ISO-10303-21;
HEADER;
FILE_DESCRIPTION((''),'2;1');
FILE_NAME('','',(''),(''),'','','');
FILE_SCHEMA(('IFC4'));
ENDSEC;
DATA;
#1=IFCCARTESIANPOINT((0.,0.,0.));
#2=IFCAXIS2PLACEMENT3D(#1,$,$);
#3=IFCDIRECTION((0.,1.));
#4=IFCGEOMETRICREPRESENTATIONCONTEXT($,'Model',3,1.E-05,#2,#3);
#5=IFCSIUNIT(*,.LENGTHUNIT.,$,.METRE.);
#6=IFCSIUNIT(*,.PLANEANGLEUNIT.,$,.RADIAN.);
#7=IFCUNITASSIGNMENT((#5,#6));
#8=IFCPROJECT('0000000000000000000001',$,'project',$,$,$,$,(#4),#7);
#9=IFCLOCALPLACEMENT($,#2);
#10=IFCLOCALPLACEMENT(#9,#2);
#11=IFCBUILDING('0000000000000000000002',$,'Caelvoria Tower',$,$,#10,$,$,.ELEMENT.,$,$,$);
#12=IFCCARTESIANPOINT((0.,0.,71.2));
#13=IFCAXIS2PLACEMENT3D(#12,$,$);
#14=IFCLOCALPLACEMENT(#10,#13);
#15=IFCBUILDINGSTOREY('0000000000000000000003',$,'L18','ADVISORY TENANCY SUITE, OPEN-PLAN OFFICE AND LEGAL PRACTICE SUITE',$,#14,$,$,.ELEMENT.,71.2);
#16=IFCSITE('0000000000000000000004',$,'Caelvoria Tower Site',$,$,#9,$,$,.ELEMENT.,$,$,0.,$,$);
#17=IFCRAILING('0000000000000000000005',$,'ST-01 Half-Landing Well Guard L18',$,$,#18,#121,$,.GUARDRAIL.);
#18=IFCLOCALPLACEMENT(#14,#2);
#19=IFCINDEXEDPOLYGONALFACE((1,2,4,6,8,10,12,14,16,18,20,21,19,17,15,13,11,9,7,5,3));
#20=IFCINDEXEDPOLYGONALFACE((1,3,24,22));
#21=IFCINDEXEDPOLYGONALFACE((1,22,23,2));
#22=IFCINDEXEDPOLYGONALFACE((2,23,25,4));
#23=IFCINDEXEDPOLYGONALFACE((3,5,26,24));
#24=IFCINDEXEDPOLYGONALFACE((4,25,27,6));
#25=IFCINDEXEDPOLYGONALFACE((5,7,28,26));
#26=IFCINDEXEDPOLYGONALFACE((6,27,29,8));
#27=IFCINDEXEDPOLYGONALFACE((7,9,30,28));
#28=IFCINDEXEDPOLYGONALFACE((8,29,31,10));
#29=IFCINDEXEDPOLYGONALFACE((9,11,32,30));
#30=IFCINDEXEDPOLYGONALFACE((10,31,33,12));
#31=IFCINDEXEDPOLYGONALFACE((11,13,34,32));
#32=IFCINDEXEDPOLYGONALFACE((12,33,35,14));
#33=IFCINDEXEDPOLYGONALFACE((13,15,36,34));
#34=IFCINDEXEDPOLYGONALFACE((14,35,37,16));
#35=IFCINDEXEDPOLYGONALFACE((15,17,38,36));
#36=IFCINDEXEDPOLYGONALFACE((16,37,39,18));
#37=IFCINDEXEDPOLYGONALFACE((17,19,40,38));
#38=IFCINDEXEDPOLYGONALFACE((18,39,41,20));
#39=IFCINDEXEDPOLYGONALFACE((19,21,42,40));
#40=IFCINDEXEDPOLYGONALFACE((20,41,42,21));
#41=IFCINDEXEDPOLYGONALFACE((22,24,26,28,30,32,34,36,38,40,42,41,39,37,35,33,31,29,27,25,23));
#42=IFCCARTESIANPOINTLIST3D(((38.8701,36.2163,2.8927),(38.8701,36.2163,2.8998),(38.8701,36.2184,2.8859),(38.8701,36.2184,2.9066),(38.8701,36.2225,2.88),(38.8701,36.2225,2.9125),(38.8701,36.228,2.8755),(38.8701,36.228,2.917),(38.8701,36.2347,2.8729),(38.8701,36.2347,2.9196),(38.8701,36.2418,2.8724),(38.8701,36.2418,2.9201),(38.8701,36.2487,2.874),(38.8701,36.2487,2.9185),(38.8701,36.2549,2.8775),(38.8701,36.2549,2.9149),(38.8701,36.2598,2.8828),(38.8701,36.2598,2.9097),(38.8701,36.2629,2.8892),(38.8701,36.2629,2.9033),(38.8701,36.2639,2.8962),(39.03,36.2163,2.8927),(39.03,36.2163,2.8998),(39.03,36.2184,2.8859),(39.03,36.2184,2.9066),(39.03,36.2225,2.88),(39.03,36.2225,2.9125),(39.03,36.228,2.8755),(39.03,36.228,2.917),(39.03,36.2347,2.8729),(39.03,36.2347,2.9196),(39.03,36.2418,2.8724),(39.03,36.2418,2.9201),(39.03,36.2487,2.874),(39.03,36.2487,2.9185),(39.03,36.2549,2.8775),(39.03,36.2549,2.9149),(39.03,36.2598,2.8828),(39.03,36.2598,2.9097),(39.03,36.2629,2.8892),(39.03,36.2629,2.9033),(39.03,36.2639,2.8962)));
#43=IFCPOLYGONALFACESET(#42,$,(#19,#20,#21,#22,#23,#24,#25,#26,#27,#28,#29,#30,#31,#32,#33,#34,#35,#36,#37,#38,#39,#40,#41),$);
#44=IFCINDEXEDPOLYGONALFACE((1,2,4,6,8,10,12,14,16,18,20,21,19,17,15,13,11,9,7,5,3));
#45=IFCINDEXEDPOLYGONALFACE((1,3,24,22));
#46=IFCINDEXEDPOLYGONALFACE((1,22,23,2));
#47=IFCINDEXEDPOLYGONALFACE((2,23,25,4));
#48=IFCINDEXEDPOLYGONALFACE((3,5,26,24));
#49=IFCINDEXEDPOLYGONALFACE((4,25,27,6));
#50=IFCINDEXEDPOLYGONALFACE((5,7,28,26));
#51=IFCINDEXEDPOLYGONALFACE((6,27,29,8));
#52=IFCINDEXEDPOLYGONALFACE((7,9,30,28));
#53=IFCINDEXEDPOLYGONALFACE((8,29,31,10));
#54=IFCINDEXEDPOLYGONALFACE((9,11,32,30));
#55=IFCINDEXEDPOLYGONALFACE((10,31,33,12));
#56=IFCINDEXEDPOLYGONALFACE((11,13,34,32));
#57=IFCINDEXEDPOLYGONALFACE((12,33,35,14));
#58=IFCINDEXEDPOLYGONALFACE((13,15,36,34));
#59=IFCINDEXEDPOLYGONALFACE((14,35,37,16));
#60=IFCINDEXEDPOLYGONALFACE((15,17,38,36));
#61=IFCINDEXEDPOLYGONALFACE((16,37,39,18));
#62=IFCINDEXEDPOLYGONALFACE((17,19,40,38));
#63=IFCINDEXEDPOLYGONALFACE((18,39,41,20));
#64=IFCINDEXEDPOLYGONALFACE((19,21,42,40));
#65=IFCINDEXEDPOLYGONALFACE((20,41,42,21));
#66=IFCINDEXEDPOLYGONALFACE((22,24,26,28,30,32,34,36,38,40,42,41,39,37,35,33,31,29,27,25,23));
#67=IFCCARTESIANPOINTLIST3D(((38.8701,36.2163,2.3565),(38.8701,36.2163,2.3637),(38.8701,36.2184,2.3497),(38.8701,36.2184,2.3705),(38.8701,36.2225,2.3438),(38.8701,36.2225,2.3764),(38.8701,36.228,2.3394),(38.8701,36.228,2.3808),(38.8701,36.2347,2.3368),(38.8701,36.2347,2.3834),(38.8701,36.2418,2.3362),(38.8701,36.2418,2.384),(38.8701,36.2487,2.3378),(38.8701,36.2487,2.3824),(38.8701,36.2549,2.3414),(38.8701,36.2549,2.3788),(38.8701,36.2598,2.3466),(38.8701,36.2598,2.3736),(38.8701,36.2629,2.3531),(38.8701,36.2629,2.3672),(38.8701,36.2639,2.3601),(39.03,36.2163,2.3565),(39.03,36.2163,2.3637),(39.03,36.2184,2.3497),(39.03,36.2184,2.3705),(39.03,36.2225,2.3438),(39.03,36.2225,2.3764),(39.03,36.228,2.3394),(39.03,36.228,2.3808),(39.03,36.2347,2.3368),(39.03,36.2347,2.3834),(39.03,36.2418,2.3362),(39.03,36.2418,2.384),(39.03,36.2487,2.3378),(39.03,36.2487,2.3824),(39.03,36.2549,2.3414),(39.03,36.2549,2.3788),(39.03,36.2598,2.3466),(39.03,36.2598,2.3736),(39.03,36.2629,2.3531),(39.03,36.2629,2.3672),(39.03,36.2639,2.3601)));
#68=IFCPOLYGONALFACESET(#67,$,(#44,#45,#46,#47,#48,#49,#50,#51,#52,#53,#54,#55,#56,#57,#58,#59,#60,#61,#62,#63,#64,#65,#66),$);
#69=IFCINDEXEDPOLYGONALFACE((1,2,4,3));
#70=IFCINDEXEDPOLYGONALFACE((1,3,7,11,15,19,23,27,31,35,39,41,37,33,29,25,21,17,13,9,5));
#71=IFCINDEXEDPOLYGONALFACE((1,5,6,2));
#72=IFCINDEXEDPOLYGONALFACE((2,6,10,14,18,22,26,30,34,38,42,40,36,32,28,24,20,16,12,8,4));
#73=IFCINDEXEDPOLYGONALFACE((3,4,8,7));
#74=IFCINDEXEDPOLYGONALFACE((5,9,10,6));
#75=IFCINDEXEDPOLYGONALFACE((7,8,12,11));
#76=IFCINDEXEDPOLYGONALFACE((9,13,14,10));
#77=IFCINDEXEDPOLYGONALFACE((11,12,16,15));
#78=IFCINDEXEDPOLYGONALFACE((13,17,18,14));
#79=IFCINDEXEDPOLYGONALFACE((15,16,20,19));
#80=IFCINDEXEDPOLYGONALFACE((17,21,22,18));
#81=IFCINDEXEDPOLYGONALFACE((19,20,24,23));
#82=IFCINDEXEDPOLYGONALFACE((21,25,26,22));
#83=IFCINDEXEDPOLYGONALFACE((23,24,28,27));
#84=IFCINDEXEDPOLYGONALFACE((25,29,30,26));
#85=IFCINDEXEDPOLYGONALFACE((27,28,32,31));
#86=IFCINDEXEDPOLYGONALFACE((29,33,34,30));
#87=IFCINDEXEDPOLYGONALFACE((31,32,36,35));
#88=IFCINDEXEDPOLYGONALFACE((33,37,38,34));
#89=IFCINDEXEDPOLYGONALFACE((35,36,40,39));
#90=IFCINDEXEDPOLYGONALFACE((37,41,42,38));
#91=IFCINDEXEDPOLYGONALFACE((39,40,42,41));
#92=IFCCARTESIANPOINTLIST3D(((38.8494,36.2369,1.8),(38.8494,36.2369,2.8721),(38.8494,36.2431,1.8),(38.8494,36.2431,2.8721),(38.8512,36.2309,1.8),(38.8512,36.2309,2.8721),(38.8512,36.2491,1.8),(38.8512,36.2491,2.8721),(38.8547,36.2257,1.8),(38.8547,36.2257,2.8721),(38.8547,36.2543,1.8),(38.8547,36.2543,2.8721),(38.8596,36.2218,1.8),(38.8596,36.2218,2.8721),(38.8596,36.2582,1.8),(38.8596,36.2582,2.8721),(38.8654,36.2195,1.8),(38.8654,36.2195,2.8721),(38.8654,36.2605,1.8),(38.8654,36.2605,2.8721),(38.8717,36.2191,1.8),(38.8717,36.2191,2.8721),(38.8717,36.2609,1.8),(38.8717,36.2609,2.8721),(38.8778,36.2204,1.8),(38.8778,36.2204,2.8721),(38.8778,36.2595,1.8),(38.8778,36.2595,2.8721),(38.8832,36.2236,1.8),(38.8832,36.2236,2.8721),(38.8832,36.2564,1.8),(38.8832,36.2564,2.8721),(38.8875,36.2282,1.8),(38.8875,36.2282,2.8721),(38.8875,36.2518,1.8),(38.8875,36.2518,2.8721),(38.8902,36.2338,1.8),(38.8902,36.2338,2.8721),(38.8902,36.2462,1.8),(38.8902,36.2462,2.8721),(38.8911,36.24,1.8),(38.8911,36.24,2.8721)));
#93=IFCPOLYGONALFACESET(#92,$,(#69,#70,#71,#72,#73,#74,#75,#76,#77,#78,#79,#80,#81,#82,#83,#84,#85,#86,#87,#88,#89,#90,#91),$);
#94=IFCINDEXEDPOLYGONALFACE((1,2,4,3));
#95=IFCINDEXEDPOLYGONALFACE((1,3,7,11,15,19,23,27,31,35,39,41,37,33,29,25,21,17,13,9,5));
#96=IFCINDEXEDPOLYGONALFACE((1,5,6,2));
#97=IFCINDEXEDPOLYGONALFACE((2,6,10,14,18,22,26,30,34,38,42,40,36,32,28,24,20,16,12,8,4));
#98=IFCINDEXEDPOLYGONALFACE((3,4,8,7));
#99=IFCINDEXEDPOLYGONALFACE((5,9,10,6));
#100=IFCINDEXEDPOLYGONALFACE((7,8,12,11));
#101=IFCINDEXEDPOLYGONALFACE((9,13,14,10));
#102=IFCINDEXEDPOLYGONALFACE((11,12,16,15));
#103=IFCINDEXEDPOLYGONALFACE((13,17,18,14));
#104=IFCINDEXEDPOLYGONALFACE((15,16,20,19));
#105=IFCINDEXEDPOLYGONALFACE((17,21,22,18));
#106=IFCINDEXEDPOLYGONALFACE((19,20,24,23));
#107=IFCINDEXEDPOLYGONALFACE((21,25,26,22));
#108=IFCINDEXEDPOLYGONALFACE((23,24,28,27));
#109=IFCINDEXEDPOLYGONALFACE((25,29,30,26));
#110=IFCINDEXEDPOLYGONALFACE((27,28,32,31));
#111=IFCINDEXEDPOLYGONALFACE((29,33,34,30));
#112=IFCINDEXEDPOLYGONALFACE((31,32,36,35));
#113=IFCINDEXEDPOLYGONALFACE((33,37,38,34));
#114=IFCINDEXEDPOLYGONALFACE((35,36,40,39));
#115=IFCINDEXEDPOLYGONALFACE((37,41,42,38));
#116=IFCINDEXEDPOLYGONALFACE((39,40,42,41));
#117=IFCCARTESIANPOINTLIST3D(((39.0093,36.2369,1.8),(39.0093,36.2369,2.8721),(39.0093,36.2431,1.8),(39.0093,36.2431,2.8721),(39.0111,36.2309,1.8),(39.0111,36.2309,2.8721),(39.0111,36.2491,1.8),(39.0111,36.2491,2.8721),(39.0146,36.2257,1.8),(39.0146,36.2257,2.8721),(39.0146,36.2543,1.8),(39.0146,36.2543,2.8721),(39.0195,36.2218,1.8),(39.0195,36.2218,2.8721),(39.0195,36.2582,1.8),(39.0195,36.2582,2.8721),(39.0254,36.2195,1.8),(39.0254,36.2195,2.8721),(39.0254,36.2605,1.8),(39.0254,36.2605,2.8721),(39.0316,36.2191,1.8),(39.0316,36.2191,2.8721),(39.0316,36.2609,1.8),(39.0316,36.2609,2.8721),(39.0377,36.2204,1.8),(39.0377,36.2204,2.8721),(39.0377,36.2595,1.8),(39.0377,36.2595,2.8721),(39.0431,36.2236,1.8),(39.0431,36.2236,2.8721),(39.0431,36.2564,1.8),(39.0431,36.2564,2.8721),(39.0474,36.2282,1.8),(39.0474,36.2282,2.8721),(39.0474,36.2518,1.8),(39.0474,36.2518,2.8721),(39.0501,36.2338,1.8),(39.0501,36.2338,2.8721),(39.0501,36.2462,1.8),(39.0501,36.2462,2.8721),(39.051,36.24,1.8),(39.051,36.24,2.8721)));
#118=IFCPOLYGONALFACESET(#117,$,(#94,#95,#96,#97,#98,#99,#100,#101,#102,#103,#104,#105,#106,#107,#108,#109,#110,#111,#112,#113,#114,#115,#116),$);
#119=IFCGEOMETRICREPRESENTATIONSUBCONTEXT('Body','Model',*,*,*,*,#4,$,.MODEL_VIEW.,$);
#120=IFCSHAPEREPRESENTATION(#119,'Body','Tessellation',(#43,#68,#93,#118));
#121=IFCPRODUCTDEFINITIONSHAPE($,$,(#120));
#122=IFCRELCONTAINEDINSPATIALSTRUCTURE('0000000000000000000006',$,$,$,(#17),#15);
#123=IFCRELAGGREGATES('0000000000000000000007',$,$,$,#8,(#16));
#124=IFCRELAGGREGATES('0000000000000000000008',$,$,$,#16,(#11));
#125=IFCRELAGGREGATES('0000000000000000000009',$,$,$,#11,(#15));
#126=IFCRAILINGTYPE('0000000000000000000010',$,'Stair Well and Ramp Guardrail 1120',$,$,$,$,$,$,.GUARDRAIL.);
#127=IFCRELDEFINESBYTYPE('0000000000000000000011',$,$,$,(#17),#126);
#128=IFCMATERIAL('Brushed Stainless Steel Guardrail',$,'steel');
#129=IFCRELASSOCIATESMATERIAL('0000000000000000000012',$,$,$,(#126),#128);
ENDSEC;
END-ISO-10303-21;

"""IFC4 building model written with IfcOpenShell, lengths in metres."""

from ifc_helpers import new_model, si_unit, direction, frame, origin, origin_2d, place, context, subcontext, project, spatial, circle, extrude, material, type_object, element, save


model = new_model("IFC4")

# Units and contexts
model_context = context("Model", 3, precision=1e-05, world=origin(), true_north=direction((0.0, 1.0)))
body_context = subcontext(model_context, "Body", "Model", "MODEL_VIEW")
ifc_project = project(units=[si_unit("LENGTHUNIT", "METRE"), si_unit("PLANEANGLEUNIT", "RADIAN")], contexts=[model_context])

# Site, building, storey
site_placement = place(None, origin())
site = spatial("IfcSite", under=ifc_project, at=site_placement, Name="Caelvoria Tower Site", CompositionType="ELEMENT", RefElevation=0.0)
building_placement = place(site_placement, origin())
building = spatial("IfcBuilding", under=site, at=building_placement, Name="Caelvoria Tower", CompositionType="ELEMENT")
storey_placement = place(building_placement, frame((0.0, 0.0, 71.2)))
storey = spatial("IfcBuildingStorey", under=building, at=storey_placement, Name="L18", Description="ADVISORY TENANCY SUITE, OPEN-PLAN OFFICE AND LEGAL PRACTICE SUITE", CompositionType="ELEMENT", Elevation=71.2)

# Railing
ifc_material_1 = material(Name="Brushed Stainless Steel Guardrail", Category="steel")
railing_type_1 = type_object("IfcRailingType", Name="Stair Well and Ramp Guardrail 1120", PredefinedType="GUARDRAIL", material=ifc_material_1)
railing_1_placement = place(storey_placement, frame((38.8701, 36.24, 1.8)))
element("IfcRailing", 1, at=railing_1_placement, inside=storey, type_object=railing_type_1, Name="ST-01 Half-Landing Well Guard L18", PredefinedType="GUARDRAIL", context=body_context, shape_type="SweptSolid", body=[
    extrude(circle(Radius=0.0239, at=origin_2d()), frame((0.0, 0.0, 1.0962), z_axis=(1.0, 0.0, 0.0), x_axis=(0.0, 1.0, 0.0)), (0.0, 0.0, 1.0), 0.1599),
    extrude(circle(Radius=0.0239, at=origin_2d()), frame((0.0, 0.0, 0.5601), z_axis=(1.0, 0.0, 0.0), x_axis=(0.0, 1.0, 0.0)), (0.0, 0.0, 1.0), 0.1599),
    extrude(circle(Radius=0.021, at=origin_2d()), origin(), (0.0, 0.0, 1.0), 1.072),
    extrude(circle(Radius=0.021, at=origin_2d()), frame((0.1599, 0.0, 0.0)), (0.0, 0.0, 1.0), 1.072),
])

save(model, "model.ifc")
